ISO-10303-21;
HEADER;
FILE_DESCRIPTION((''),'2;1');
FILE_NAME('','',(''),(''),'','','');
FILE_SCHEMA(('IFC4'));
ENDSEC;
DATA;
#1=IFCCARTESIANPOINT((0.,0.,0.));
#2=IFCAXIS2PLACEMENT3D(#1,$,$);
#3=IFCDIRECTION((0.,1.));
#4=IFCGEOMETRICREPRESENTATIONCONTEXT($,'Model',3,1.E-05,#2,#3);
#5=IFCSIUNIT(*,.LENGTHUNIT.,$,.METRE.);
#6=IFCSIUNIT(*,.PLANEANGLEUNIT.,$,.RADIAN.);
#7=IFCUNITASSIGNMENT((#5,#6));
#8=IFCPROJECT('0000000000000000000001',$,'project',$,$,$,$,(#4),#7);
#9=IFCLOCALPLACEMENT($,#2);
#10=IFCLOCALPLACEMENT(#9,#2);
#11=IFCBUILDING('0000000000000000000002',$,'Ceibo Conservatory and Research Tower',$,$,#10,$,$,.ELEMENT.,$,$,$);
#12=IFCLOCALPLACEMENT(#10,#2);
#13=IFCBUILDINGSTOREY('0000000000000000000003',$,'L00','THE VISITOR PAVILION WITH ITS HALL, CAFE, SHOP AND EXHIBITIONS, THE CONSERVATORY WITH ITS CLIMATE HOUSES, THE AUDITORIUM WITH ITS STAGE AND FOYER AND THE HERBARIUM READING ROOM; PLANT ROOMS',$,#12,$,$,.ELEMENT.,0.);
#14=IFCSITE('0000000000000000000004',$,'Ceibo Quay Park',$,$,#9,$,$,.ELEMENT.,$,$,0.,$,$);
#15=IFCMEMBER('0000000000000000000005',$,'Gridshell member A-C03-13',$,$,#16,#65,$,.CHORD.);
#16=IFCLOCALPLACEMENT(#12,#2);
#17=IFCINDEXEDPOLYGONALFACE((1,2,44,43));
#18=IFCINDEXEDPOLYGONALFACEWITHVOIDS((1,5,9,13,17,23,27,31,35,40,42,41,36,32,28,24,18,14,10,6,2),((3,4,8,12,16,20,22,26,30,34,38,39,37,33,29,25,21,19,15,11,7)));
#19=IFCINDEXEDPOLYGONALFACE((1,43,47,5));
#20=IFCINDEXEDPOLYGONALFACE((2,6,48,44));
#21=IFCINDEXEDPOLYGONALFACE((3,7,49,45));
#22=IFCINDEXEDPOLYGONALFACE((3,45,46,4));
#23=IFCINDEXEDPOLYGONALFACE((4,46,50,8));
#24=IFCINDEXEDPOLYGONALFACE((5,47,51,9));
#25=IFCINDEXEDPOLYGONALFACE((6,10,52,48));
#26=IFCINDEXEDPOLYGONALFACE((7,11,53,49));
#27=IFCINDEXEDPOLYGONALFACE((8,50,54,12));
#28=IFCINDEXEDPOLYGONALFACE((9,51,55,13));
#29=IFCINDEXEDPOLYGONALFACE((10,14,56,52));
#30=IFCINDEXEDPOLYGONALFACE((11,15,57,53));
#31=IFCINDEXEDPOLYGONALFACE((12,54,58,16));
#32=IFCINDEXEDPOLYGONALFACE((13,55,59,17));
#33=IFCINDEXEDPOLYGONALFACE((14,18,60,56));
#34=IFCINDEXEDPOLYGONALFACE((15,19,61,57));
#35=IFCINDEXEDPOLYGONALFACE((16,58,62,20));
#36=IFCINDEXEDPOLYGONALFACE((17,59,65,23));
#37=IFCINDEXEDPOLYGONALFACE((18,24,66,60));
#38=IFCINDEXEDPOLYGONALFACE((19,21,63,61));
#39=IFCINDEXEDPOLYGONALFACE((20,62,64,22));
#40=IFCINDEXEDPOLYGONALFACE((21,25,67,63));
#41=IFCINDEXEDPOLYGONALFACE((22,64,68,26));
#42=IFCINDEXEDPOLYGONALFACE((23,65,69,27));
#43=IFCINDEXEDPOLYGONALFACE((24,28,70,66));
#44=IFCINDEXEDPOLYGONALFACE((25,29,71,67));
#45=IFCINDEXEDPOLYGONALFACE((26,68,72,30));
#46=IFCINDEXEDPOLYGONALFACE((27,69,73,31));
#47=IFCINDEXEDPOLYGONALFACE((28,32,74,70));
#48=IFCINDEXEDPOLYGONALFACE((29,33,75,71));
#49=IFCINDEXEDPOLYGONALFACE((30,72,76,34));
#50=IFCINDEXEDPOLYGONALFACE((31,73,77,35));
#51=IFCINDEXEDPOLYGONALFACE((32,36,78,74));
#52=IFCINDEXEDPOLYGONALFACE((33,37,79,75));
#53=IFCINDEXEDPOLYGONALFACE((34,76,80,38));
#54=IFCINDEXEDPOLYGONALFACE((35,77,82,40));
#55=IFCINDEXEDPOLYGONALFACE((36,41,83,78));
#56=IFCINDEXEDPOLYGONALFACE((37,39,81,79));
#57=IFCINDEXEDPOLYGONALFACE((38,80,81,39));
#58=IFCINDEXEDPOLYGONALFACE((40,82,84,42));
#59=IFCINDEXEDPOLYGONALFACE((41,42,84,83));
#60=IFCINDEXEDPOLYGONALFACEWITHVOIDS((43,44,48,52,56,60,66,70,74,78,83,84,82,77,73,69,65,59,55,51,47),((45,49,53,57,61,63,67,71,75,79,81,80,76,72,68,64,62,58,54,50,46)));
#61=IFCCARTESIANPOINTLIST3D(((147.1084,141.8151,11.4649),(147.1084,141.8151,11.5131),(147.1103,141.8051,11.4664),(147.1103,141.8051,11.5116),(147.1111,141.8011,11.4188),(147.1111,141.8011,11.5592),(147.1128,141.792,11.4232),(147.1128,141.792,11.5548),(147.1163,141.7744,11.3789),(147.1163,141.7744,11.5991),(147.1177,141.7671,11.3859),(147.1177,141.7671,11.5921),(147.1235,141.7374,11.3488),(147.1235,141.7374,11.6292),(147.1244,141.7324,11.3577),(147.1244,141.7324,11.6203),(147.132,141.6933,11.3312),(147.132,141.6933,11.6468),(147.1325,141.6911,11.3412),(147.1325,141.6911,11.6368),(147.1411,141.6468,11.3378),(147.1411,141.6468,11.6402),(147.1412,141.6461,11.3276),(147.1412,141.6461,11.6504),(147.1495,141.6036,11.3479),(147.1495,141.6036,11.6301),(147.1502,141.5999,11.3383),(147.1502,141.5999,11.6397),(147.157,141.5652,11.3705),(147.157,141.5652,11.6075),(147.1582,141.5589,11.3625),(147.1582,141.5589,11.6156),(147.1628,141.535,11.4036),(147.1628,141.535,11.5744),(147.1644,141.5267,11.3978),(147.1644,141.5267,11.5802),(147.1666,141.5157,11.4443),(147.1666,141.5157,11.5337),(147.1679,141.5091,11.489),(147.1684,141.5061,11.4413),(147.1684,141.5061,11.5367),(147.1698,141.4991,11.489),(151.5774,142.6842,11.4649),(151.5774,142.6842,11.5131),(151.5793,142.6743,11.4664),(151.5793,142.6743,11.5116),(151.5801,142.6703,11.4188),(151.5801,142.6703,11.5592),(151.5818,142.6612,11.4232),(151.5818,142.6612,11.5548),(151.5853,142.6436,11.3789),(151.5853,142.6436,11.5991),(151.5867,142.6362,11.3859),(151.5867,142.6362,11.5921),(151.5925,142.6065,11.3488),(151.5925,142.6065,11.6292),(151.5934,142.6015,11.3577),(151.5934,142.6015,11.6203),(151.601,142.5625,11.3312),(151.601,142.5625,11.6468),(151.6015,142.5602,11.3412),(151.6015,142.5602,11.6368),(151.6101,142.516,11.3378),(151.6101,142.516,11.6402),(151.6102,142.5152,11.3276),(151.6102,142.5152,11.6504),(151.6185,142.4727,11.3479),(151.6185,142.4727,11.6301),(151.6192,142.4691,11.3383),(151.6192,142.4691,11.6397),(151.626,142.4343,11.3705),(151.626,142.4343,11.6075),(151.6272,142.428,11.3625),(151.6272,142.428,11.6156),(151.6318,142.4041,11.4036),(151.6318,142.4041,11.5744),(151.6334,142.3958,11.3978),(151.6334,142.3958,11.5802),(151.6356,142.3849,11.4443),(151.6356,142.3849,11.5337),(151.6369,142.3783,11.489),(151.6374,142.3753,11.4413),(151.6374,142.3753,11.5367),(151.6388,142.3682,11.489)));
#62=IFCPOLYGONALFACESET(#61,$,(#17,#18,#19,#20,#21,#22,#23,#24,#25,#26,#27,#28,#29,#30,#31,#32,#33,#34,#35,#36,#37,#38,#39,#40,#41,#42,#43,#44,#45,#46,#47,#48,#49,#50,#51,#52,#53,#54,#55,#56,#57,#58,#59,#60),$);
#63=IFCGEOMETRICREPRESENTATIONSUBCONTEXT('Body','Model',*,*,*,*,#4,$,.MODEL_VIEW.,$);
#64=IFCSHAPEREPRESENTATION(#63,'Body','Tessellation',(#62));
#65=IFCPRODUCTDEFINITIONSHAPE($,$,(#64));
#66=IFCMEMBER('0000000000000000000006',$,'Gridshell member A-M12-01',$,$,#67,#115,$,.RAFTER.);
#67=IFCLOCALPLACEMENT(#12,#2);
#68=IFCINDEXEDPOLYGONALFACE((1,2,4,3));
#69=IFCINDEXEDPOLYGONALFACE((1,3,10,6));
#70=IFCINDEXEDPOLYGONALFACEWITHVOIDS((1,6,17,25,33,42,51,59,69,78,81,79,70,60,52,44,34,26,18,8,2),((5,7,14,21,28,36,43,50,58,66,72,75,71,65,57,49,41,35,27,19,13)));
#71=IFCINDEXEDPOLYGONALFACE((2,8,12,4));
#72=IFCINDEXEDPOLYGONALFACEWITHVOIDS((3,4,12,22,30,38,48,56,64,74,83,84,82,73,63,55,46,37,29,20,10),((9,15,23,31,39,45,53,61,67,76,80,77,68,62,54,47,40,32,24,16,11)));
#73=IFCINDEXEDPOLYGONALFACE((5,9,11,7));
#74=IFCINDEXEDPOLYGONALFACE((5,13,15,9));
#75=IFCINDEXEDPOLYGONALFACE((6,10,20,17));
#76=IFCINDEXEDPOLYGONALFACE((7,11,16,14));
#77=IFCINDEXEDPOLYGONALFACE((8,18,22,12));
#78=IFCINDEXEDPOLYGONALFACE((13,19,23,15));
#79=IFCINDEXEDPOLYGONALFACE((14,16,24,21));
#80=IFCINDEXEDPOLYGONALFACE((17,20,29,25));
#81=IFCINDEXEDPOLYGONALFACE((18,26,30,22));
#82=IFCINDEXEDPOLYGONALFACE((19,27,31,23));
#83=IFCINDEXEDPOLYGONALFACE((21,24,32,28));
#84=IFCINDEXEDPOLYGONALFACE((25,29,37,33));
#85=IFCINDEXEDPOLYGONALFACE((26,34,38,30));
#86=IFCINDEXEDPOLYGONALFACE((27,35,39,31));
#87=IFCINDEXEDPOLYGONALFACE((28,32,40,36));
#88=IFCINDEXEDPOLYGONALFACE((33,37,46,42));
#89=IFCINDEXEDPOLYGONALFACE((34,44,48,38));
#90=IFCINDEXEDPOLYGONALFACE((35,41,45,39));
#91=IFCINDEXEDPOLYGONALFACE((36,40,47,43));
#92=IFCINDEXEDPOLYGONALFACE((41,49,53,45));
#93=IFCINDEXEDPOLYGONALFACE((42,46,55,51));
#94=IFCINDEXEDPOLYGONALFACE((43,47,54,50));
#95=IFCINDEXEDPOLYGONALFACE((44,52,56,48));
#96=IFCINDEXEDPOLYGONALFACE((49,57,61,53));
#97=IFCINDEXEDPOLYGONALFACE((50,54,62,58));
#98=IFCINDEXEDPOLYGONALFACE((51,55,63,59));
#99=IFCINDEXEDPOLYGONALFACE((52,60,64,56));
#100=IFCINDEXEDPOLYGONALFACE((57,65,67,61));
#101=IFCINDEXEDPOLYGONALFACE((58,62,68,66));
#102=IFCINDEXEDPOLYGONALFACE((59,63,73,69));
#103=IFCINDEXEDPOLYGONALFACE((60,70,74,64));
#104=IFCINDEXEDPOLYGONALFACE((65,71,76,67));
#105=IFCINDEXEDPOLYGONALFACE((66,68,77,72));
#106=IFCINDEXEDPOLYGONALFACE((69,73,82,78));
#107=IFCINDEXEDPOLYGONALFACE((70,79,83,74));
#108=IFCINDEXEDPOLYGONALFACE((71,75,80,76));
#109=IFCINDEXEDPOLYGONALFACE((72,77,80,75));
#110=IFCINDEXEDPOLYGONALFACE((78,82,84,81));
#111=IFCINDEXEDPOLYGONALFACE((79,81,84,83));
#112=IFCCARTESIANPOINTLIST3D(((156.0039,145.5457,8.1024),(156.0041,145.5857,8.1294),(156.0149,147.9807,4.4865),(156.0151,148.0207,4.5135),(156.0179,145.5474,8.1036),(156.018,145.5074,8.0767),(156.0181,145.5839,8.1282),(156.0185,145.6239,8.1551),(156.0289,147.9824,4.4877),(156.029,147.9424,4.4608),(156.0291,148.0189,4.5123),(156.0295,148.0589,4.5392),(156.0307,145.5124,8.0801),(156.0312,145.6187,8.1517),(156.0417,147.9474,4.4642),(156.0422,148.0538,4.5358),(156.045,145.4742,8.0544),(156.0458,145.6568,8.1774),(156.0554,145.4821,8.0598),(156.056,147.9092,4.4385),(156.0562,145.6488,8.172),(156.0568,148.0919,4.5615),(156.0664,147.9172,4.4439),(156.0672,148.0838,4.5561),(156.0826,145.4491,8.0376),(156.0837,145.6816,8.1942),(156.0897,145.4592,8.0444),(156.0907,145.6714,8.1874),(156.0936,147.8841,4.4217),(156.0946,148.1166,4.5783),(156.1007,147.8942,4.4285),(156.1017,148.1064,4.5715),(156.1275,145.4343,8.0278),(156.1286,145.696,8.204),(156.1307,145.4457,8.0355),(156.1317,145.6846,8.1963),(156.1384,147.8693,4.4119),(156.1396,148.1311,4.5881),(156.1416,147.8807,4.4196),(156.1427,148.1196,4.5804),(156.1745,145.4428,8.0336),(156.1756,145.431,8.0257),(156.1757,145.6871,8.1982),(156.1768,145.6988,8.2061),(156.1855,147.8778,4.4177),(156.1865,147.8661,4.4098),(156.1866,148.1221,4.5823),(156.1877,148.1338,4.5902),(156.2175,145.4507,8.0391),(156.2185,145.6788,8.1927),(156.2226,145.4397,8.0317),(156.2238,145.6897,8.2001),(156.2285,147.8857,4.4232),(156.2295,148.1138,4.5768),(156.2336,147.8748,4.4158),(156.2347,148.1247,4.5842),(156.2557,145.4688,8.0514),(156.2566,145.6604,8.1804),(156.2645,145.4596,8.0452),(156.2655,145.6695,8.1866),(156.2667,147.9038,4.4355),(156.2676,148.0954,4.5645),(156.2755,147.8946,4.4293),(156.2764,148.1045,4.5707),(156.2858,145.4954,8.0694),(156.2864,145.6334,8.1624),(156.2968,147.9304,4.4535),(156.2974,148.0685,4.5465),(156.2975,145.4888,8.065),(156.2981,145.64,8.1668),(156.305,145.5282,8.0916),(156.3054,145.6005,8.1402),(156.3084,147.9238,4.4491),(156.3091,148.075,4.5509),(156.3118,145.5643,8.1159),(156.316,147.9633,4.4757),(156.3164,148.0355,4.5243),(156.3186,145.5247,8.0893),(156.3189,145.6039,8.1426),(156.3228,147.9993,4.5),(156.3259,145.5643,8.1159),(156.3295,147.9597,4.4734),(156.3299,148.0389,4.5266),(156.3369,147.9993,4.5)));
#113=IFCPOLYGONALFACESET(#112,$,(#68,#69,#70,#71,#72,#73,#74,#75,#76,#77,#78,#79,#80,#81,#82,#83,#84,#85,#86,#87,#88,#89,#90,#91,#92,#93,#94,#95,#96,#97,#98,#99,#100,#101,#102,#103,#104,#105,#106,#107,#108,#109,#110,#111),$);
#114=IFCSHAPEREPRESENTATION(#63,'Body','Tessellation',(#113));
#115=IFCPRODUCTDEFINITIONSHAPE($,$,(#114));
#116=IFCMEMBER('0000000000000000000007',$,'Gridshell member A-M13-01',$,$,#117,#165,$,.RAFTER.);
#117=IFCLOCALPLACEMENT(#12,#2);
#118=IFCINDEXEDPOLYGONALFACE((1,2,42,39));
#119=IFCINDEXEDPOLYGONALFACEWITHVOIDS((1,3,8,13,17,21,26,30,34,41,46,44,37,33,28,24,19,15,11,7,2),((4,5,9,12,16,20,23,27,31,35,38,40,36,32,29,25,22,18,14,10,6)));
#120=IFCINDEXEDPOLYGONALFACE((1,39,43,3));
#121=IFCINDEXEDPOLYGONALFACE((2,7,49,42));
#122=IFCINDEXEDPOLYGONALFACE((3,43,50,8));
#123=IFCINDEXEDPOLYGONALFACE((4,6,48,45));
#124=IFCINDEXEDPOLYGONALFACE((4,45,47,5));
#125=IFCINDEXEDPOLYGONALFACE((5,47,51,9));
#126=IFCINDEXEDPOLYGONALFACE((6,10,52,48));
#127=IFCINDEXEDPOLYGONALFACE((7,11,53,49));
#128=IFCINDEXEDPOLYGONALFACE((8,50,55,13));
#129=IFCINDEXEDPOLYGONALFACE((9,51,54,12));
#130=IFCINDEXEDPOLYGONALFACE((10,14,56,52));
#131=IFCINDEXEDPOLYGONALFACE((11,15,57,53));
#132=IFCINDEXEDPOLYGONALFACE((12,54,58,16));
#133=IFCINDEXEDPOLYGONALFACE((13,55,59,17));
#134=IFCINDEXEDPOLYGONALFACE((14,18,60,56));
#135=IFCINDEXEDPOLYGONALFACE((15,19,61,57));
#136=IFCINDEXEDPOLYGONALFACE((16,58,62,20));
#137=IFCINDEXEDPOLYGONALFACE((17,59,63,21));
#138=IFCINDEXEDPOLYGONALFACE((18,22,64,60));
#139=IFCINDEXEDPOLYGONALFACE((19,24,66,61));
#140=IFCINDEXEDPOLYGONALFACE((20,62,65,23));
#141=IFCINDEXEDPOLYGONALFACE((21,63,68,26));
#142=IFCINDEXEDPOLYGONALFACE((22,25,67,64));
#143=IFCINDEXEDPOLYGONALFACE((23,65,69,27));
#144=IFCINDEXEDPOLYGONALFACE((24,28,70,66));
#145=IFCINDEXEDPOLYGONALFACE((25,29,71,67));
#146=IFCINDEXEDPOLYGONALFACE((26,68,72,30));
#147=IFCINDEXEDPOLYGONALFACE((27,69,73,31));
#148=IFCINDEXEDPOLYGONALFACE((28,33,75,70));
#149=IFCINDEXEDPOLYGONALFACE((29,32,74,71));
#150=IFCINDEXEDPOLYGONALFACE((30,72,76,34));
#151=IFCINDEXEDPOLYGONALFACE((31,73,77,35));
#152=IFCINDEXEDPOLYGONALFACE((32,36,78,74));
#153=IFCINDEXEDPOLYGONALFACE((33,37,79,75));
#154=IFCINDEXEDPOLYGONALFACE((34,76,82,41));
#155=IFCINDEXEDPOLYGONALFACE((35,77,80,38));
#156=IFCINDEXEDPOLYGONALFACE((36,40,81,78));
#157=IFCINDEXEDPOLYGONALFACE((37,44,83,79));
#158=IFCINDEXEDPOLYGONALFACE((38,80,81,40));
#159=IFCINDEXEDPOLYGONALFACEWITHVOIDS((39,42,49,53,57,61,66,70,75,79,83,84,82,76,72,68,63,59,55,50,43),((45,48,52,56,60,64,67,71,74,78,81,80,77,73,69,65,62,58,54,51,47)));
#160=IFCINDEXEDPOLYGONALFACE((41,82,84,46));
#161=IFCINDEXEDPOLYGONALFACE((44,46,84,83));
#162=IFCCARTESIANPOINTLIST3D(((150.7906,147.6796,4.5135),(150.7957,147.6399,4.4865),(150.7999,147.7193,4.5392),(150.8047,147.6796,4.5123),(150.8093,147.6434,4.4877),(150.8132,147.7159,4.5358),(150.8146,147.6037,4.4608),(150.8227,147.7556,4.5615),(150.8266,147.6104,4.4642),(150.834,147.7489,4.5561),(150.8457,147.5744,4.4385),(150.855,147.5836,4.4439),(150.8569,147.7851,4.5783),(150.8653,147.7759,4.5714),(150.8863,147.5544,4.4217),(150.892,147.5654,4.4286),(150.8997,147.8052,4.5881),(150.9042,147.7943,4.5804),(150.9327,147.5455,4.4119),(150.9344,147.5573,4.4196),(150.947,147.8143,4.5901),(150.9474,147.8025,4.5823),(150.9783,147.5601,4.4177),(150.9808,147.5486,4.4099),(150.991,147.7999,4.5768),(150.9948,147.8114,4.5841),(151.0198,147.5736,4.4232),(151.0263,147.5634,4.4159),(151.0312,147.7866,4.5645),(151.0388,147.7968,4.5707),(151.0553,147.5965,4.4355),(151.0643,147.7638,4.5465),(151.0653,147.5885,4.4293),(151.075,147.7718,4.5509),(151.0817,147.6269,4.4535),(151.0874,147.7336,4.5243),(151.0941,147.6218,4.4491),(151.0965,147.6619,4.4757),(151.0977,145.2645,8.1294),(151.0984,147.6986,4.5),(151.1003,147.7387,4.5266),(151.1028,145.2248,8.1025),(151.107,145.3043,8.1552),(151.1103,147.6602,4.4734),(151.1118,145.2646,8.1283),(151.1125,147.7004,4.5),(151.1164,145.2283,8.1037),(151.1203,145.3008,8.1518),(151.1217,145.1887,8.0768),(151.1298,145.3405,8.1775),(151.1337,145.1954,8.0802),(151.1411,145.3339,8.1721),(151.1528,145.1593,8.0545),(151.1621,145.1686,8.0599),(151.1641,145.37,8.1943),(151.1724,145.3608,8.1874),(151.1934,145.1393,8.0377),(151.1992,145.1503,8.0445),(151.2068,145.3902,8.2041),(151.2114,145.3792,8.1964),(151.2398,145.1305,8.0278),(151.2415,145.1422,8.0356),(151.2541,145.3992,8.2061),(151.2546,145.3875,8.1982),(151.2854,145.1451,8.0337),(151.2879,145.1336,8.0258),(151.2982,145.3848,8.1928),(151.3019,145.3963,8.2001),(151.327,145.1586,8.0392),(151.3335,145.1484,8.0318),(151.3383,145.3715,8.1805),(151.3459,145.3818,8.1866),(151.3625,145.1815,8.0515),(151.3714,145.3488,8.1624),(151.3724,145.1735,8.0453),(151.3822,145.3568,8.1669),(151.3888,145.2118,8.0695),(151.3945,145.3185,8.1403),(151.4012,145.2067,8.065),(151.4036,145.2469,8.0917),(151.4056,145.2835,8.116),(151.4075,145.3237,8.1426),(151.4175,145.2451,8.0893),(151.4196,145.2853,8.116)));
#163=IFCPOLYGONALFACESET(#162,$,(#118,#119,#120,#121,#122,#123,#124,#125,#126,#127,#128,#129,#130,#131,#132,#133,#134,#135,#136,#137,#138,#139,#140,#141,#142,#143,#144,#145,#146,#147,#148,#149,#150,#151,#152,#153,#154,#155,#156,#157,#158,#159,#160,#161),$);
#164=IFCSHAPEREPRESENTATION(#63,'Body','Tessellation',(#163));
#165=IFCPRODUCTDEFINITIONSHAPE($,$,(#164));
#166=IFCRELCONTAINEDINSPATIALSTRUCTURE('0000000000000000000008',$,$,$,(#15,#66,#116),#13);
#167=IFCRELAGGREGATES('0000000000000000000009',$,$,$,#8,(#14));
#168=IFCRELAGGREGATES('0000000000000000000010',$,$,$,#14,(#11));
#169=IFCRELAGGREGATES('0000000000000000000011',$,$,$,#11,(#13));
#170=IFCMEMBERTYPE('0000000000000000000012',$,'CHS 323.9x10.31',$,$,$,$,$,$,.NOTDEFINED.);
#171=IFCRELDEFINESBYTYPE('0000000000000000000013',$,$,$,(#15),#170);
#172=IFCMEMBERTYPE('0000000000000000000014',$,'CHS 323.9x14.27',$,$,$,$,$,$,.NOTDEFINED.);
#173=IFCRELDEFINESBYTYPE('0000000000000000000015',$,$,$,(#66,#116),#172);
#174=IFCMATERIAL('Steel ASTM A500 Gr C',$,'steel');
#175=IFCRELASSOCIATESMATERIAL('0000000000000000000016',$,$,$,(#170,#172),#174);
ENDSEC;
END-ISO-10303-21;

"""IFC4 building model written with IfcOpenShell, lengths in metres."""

from ifc_helpers import new_model, si_unit, direction, frame, origin, origin_2d, place, context, subcontext, project, spatial, hollow_circle, extrude, material, material_profile, profile_set, type_object, element, save


model = new_model("IFC4")

# Units and contexts
model_context = context("Model", 3, precision=1e-05, world=origin(), true_north=direction((0.0, 1.0)))
body_context = subcontext(model_context, "Body", "Model", "MODEL_VIEW")
ifc_project = project(units=[si_unit("LENGTHUNIT", "METRE"), si_unit("PLANEANGLEUNIT", "RADIAN")], contexts=[model_context])

# Site, building, storey
site_placement = place(None, origin())
site = spatial("IfcSite", under=ifc_project, at=site_placement, Name="Ceibo Quay Park", CompositionType="ELEMENT", RefElevation=0.0)
building_placement = place(site_placement, origin())
building = spatial("IfcBuilding", under=site, at=building_placement, Name="Ceibo Conservatory and Research Tower", CompositionType="ELEMENT")
storey_placement = place(building_placement, origin())
storey = spatial("IfcBuildingStorey", under=building, at=storey_placement, Name="L00", Description="THE VISITOR PAVILION WITH ITS HALL, CAFE, SHOP AND EXHIBITIONS, THE CONSERVATORY WITH ITS CLIMATE HOUSES, THE AUDITORIUM WITH ITS STAGE AND FOYER AND THE HERBARIUM READING ROOM; PLANT ROOMS", CompositionType="ELEMENT", Elevation=0.0)

# Members
ifc_material_1 = material(Name="Steel ASTM A500 Gr C", Category="steel")
ifc_material_profile_1 = material_profile(ifc_material_1, hollow_circle(Radius=0.1619, WallThickness=0.0103, at=origin_2d()), Name="CHS 323.9x10.31")
ifc_profile_set_1 = profile_set([ifc_material_profile_1], Name="Steel ASTM A500 Gr C")
member_type_1 = type_object("IfcMemberType", Name="CHS 323.9x10.31", PredefinedType="NOTDEFINED", material=ifc_profile_set_1)
for number, where, z_axis, x_axis, name in (
    (1, (151.6079, 142.5271, 11.489), (-0.981608, -0.190906, 0.0), (0.190906, -0.981608, 0.0), "Gridshell member A-C03-13"),
):
    element("IfcMember", number, at=place(storey_placement, frame(where, z_axis=z_axis, x_axis=x_axis)), inside=storey, type_object=member_type_1, Name=name, PredefinedType="CHORD", context=body_context, shape_type="SweptSolid", body=[
        extrude(hollow_circle(Radius=0.1619, WallThickness=0.0103, at=origin_2d()), origin(), (0.0, 0.0, 1.0), 4.5527),
    ])
ifc_material_profile_2 = material_profile(ifc_material_1, hollow_circle(Radius=0.1619, WallThickness=0.0142, at=origin_2d()), Name="CHS 323.9x14.27")
ifc_profile_set_2 = profile_set([ifc_material_profile_2], Name="Steel ASTM A500 Gr C")
member_type_2 = type_object("IfcMemberType", Name="CHS 323.9x14.27", PredefinedType="NOTDEFINED", material=ifc_profile_set_2)
member_1_placement = place(storey_placement, frame((156.175, 148.0, 4.5), z_axis=(-0.00252, -0.55857, 0.829454), x_axis=(0.99999, -0.004512, 0.0)))
element("IfcMember", 2, at=member_1_placement, inside=storey, type_object=member_type_2, Name="Gridshell member A-M12-01", PredefinedType="RAFTER", context=body_context, shape_type="SweptSolid", body=[
    extrude(hollow_circle(Radius=0.1619, WallThickness=0.0142, at=origin_2d()), origin(), (0.0, 0.0, 1.0), 4.3594),
])
member_2_placement = place(storey_placement, frame((150.9519, 147.6799, 4.5), z_axis=(0.070457, -0.554019, 0.829517), x_axis=(0.99201, 0.126157, 0.0)))
element("IfcMember", 3, at=member_2_placement, inside=storey, type_object=member_type_2, Name="Gridshell member A-M13-01", PredefinedType="RAFTER", context=body_context, shape_type="SweptSolid", body=[
    extrude(hollow_circle(Radius=0.1619, WallThickness=0.0142, at=origin_2d()), origin(), (0.0, 0.0, 1.0), 4.3591),
])

save(model, "model.ifc")
